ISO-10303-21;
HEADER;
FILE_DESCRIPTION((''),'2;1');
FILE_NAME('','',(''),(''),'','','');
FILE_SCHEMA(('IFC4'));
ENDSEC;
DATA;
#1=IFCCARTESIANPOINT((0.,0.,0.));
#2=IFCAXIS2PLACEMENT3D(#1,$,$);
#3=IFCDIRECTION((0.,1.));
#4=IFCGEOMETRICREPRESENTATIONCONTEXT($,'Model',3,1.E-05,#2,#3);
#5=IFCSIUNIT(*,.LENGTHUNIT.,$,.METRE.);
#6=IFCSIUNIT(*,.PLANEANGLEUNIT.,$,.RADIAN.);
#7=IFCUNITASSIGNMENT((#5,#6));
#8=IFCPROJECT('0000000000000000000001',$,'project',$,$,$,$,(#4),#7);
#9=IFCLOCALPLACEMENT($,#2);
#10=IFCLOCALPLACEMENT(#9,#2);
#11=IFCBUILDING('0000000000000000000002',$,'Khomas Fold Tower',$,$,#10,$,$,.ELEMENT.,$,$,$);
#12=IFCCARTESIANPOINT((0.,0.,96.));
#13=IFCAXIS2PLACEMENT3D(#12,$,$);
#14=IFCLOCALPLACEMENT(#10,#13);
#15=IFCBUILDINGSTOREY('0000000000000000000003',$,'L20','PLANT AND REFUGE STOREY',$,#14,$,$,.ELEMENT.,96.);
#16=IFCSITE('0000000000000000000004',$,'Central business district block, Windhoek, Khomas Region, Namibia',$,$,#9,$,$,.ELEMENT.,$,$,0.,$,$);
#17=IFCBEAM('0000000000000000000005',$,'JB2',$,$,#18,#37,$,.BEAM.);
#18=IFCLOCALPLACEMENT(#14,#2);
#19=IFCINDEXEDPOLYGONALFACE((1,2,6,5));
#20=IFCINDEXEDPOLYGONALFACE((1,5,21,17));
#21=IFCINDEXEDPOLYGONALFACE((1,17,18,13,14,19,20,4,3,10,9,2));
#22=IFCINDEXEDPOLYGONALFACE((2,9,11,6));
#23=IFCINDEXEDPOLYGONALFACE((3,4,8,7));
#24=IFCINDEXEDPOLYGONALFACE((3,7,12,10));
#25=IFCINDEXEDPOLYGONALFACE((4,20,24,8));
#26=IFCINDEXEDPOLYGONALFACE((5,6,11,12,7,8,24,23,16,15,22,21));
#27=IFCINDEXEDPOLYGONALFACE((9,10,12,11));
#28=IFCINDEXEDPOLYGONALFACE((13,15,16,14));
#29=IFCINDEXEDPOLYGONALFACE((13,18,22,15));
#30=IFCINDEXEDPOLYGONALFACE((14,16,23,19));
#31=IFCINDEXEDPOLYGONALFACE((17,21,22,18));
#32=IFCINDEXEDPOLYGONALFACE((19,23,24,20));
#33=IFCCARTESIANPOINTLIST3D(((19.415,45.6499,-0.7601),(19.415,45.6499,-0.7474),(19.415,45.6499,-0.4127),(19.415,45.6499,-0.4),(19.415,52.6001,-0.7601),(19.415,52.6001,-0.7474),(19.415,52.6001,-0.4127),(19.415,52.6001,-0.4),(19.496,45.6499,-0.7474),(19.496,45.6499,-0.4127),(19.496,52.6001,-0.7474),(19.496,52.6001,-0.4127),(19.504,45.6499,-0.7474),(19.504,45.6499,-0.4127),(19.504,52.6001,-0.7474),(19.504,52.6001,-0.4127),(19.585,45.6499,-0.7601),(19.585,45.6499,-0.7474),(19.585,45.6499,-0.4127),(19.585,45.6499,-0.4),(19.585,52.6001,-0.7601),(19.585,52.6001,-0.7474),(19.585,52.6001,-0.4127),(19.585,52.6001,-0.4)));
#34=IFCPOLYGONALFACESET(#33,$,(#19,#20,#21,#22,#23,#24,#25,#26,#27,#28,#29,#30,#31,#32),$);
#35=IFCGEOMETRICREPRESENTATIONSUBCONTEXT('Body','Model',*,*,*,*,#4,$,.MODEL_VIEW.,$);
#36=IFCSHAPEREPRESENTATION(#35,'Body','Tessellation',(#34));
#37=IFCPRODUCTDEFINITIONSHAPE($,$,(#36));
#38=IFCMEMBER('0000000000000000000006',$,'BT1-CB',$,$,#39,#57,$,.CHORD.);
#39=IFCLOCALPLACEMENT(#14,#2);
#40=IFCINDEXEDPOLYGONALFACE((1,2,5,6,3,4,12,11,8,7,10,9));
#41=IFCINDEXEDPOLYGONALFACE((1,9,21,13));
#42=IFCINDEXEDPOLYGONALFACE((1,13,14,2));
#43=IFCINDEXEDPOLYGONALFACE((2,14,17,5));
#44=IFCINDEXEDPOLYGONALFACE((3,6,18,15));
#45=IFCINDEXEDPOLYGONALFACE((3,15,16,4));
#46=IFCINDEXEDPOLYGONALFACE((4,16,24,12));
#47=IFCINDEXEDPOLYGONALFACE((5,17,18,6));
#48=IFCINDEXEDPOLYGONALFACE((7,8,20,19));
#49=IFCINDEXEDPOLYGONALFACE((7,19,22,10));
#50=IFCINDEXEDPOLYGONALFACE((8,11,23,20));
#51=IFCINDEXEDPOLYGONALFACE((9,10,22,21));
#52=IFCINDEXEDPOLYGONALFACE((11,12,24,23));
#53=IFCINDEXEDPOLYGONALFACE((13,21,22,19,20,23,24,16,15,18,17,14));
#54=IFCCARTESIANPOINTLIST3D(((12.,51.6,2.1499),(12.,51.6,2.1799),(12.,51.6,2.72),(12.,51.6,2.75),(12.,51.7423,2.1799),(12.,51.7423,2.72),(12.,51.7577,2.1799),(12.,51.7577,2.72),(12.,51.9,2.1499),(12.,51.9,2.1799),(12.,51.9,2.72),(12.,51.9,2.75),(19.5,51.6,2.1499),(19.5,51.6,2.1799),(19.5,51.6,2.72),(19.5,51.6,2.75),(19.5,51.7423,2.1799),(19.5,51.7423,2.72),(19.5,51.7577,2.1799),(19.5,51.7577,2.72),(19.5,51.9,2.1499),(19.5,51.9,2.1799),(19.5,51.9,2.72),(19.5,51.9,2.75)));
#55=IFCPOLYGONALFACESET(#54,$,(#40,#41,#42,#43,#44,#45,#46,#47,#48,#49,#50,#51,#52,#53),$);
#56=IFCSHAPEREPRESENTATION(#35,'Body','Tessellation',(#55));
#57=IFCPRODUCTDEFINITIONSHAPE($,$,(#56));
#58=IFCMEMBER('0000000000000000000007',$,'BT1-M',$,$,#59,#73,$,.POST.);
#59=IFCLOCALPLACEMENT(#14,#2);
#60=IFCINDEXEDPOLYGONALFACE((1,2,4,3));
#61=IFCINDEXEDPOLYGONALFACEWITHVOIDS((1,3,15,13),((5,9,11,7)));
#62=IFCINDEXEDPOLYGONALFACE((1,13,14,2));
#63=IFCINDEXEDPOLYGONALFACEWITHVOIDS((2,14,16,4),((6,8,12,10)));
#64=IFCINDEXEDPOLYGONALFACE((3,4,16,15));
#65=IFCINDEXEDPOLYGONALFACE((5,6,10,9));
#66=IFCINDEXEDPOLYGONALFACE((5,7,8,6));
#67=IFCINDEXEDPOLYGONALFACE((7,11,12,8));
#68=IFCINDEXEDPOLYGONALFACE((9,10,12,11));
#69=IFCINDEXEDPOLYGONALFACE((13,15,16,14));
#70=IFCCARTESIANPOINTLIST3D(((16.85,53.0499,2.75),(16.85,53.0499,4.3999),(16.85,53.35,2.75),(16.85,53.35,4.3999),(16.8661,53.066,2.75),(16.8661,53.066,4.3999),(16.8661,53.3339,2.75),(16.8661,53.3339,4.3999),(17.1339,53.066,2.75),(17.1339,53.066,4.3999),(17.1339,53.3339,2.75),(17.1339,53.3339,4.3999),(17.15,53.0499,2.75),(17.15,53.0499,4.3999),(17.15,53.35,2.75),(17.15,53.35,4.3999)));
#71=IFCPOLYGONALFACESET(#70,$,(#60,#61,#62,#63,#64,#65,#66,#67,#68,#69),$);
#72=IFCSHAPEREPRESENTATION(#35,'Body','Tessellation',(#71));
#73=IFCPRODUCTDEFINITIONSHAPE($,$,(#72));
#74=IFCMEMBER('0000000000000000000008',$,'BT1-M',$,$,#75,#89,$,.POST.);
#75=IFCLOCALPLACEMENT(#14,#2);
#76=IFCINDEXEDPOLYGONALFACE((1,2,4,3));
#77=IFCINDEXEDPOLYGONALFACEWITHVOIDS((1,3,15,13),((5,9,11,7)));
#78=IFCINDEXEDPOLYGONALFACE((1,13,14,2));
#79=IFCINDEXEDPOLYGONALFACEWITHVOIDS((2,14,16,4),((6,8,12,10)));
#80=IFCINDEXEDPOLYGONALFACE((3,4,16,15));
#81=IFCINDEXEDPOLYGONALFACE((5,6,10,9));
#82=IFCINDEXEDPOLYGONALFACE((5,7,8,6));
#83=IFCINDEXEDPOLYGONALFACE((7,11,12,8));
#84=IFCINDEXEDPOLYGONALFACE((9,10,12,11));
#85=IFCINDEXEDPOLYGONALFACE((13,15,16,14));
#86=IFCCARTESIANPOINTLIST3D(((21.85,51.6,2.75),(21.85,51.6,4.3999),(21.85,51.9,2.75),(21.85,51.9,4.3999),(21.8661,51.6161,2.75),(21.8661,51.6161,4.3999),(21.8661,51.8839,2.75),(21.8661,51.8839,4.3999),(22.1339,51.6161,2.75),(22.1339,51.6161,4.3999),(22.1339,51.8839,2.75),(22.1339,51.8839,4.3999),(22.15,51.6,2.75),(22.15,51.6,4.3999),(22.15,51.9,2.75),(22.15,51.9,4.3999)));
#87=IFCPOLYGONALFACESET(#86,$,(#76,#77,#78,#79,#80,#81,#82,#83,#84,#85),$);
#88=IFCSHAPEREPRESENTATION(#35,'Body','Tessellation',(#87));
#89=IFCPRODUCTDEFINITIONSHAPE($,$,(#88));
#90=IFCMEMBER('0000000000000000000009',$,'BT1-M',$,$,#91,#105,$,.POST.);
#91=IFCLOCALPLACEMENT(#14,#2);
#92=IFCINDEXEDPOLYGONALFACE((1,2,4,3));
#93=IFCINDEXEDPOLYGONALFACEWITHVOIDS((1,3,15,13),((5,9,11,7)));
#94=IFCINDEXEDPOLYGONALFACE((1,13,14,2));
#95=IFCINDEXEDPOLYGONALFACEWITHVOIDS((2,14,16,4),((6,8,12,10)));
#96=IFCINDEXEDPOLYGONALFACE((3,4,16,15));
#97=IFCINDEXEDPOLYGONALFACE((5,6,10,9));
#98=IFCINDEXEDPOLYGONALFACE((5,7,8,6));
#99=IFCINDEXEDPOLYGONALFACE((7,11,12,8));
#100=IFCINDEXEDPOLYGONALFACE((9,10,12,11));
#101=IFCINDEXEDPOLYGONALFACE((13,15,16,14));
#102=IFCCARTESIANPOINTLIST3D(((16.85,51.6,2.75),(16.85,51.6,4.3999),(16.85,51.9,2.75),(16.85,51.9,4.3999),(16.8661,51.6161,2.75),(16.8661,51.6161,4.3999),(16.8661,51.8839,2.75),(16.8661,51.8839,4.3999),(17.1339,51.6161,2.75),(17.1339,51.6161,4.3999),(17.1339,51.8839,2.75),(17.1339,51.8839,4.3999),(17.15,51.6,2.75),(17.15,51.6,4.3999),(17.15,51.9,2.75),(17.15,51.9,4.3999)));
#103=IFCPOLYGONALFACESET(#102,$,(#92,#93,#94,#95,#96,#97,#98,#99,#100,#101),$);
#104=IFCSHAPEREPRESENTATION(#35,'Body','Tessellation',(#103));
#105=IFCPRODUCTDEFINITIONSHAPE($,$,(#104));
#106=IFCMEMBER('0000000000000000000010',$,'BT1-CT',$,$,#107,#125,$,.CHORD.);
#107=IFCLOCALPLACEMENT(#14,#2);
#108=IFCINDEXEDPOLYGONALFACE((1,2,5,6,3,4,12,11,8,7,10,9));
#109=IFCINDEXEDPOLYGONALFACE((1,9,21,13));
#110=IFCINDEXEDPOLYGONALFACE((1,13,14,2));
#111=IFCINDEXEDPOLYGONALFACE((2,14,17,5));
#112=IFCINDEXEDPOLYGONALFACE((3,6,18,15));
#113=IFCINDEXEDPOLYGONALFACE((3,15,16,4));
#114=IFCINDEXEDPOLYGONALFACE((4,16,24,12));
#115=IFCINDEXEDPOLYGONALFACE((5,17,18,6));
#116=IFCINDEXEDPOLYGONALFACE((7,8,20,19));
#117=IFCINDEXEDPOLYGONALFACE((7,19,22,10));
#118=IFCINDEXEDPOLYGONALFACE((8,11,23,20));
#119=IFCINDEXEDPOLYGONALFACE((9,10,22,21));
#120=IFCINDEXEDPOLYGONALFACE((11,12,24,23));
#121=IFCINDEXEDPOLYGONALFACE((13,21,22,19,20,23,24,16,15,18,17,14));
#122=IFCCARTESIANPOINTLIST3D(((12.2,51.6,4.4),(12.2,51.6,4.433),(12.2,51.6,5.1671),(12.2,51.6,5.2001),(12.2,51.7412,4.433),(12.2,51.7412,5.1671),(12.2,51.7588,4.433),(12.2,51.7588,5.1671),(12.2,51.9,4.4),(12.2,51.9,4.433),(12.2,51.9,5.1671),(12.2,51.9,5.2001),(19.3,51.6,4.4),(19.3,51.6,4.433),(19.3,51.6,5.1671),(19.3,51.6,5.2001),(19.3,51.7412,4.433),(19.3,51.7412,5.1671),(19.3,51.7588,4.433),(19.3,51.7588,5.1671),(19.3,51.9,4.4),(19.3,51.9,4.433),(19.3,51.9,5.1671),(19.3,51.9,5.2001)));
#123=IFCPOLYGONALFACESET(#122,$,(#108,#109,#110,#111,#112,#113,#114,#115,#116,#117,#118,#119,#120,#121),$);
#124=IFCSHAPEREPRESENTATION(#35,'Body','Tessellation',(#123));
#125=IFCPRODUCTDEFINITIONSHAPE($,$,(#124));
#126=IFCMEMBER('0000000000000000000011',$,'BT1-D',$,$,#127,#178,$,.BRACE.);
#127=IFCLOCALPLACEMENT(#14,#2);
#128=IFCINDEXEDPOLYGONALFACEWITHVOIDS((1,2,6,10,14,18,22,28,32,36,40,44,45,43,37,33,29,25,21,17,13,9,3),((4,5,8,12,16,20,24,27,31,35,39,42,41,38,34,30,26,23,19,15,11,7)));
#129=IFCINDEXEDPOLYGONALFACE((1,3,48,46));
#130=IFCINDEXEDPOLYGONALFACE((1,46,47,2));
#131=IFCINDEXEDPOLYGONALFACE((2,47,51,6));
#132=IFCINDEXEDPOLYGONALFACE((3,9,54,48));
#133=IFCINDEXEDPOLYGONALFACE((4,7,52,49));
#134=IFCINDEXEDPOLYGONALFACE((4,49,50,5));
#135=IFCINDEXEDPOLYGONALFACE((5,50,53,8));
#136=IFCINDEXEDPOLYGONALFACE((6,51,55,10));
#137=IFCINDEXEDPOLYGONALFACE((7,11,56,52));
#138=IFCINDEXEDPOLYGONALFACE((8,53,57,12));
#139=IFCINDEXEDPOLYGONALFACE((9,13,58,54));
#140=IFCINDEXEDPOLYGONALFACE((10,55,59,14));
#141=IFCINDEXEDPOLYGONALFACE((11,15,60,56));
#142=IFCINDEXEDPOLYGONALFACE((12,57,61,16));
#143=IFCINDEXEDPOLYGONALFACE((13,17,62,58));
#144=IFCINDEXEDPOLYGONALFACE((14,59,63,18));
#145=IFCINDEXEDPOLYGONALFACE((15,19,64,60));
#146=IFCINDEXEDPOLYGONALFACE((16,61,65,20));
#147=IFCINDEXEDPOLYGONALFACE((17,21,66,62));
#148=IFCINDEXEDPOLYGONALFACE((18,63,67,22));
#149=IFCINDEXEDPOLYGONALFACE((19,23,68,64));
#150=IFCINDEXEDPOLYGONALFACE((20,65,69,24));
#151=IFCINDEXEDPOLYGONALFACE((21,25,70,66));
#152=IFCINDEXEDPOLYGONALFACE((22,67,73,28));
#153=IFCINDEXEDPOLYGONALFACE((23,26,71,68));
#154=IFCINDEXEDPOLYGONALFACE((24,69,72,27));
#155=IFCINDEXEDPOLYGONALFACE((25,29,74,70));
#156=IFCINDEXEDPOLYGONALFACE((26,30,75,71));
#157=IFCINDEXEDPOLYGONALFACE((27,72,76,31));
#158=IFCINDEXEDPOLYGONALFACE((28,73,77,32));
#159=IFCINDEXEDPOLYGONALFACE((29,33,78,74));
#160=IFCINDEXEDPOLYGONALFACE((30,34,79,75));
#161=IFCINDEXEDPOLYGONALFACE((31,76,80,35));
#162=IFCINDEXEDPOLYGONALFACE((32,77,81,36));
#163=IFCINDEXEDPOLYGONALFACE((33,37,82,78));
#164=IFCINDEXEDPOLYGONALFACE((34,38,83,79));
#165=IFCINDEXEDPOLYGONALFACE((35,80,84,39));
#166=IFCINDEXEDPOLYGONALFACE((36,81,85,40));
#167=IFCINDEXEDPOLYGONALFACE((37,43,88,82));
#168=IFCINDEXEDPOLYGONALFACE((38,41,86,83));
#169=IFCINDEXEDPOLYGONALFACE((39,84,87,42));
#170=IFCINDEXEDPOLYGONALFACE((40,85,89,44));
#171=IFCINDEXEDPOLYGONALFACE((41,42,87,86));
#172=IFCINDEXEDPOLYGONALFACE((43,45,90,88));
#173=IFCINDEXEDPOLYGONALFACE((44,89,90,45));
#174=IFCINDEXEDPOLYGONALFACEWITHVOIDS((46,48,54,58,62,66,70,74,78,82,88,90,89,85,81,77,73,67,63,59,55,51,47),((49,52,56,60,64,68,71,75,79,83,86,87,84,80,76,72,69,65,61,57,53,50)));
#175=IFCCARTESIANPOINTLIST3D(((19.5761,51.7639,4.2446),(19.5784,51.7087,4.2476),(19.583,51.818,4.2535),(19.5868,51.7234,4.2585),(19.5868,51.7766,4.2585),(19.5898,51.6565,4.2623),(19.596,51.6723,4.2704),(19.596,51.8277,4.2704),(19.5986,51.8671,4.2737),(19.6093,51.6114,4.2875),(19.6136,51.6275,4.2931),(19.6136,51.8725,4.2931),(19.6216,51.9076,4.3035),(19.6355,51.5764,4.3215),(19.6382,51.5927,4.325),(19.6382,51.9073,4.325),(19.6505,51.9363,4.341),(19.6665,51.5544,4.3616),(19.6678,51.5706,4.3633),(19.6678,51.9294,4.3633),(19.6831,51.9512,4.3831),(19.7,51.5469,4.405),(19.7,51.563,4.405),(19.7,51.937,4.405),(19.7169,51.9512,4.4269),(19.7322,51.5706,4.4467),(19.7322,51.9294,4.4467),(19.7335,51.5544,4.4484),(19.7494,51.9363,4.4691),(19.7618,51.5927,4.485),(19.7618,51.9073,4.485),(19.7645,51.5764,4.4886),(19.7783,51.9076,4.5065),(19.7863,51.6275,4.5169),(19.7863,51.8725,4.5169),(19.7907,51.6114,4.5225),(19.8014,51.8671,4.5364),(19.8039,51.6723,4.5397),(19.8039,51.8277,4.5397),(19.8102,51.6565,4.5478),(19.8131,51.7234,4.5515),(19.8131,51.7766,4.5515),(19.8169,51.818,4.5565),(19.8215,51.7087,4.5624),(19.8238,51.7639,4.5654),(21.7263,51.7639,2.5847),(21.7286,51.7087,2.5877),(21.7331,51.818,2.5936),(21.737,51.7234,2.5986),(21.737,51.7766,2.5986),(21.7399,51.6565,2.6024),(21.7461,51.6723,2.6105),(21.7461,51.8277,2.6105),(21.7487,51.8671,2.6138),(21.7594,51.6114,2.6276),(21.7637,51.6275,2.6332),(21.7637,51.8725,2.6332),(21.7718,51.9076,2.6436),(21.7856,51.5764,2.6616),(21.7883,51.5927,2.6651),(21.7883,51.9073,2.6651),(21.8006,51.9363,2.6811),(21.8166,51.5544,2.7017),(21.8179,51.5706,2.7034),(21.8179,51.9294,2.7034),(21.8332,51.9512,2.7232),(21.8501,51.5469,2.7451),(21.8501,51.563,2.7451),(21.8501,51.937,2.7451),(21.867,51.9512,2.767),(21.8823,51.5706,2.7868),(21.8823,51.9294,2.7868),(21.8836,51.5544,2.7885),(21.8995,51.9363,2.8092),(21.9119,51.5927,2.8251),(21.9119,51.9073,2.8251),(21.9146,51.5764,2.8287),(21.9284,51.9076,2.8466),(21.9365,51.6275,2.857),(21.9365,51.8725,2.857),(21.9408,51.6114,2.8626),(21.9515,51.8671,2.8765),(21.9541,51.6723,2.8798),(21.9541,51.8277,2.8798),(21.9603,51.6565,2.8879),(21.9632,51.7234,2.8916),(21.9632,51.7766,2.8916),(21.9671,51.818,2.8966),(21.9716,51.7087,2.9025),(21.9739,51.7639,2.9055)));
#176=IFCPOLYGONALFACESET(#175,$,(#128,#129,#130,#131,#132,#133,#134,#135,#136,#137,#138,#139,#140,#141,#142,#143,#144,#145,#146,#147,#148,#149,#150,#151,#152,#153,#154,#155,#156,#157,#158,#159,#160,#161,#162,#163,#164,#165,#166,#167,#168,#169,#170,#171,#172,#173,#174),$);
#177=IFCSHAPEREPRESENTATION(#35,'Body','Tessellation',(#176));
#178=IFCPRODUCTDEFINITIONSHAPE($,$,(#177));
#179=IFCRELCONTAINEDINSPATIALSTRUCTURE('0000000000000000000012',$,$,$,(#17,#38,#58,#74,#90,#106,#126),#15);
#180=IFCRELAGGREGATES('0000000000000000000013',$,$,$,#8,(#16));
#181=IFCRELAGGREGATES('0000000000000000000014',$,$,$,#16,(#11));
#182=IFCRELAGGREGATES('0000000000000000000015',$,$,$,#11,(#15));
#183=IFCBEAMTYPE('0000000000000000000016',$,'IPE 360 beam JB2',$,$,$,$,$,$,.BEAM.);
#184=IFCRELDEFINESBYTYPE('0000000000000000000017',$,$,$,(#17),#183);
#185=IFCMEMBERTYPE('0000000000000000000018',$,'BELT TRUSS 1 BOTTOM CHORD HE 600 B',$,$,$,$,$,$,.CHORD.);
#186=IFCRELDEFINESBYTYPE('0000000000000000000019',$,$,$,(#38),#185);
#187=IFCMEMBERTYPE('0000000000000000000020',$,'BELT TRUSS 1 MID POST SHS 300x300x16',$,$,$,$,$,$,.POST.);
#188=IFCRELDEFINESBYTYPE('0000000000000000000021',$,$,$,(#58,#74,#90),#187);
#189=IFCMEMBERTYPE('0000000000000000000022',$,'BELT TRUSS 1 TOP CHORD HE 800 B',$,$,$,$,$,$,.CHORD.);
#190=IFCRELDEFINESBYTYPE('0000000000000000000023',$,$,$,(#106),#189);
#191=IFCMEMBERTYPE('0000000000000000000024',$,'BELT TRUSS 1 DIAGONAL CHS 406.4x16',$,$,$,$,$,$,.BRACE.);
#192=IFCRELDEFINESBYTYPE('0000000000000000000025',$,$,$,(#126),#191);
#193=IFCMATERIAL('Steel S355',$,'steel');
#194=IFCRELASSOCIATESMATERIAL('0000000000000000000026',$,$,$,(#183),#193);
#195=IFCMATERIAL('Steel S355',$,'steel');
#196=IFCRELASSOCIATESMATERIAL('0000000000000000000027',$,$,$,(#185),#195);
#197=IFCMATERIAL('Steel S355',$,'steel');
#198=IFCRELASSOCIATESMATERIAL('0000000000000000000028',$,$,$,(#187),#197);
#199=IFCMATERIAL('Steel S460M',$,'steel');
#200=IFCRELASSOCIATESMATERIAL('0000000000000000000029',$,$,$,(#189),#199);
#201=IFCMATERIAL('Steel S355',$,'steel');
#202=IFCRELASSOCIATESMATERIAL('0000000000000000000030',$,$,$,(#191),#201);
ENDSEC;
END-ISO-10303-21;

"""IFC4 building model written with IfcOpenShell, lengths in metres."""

from ifc_helpers import new_model, si_unit, direction, frame, origin, origin_2d, place, context, subcontext, project, spatial, hollow_rectangle, hollow_circle, i_section, extrude, source, transform, mapped, material, material_profile, profile_set, type_object, element, save


model = new_model("IFC4")

# Units and contexts
model_context = context("Model", 3, precision=1e-05, world=origin(), true_north=direction((0.0, 1.0)))
body_context = subcontext(model_context, "Body", "Model", "MODEL_VIEW")
ifc_project = project(units=[si_unit("LENGTHUNIT", "METRE"), si_unit("PLANEANGLEUNIT", "RADIAN")], contexts=[model_context])

# Site, building, storey
site_placement = place(None, origin())
site = spatial("IfcSite", under=ifc_project, at=site_placement, Name="Central business district block, Windhoek, Khomas Region, Namibia", CompositionType="ELEMENT", RefElevation=0.0)
building_placement = place(site_placement, origin())
building = spatial("IfcBuilding", under=site, at=building_placement, Name="Khomas Fold Tower", CompositionType="ELEMENT")
storey_placement = place(building_placement, frame((0.0, 0.0, 96.0)))
storey = spatial("IfcBuildingStorey", under=building, at=storey_placement, Name="L20", Description="PLANT AND REFUGE STOREY", CompositionType="ELEMENT", Elevation=96.0)

# Beam
ifc_material_1 = material(Name="Steel S355", Category="steel")
ifc_material_profile_1 = material_profile(ifc_material_1, i_section(OverallWidth=0.1699, OverallDepth=0.3601, WebThickness=0.0081, FlangeThickness=0.0127, at=origin_2d()), Name="IPE 360")
ifc_profile_set_1 = profile_set([ifc_material_profile_1], Name="Steel S355")
beam_type_1 = type_object("IfcBeamType", Name="IPE 360 beam JB2", PredefinedType="BEAM", material=ifc_profile_set_1)
shared_shape_1 = source(origin(), body_context, "Body", "SweptSolid", [
    extrude(i_section(OverallWidth=0.1699, OverallDepth=0.3601, WebThickness=0.0081, FlangeThickness=0.0127, at=origin_2d()), origin(), (0.0, 0.0, 1.0), 6.9502),
])
beam_1_placement = place(storey_placement, frame((19.5, 45.6499, -0.5801), z_axis=(0.0, 1.0, 0.0), x_axis=(-1.0, 0.0, 0.0)))
element("IfcBeam", 1, at=beam_1_placement, inside=storey, type_object=beam_type_1, Name="JB2", PredefinedType="BEAM", context=body_context, shape_type="MappedRepresentation", body=[
    mapped(shared_shape_1, transform((0.0, 0.0, 0.0))),
])

# Members
ifc_material_2 = material(Name="Steel S355", Category="steel")
ifc_material_profile_2 = material_profile(ifc_material_2, i_section(OverallWidth=0.3, OverallDepth=0.6001, WebThickness=0.0154, FlangeThickness=0.03, at=origin_2d()), Name="HE 600 B")
ifc_profile_set_2 = profile_set([ifc_material_profile_2], Name="Steel S355")
member_type_1 = type_object("IfcMemberType", Name="BELT TRUSS 1 BOTTOM CHORD HE 600 B", PredefinedType="CHORD", material=ifc_profile_set_2)
shared_shape_2 = source(origin(), body_context, "Body", "SweptSolid", [
    extrude(i_section(OverallWidth=0.3, OverallDepth=0.6001, WebThickness=0.0154, FlangeThickness=0.03, at=origin_2d()), origin(), (0.0, 0.0, 1.0), 7.5),
])
member_1_placement = place(storey_placement, frame((19.5, 51.75, 2.45), z_axis=(-1.0, 0.0, 0.0), x_axis=(0.0, -1.0, 0.0)))
element("IfcMember", 2, at=member_1_placement, inside=storey, type_object=member_type_1, Name="BT1-CB", PredefinedType="CHORD", context=body_context, shape_type="MappedRepresentation", body=[
    mapped(shared_shape_2, transform((0.0, 0.0, 0.0))),
])
ifc_material_3 = material(Name="Steel S355", Category="steel")
ifc_material_profile_3 = material_profile(ifc_material_3, hollow_rectangle(XDim=0.3, YDim=0.3, WallThickness=0.0161, at=origin_2d()), Name="SHS 300x300x16")
ifc_profile_set_3 = profile_set([ifc_material_profile_3], Name="Steel S355")
member_type_2 = type_object("IfcMemberType", Name="BELT TRUSS 1 MID POST SHS 300x300x16", PredefinedType="POST", material=ifc_profile_set_3)
shared_shape_3 = source(origin(), body_context, "Body", "SweptSolid", [
    extrude(hollow_rectangle(XDim=0.3, YDim=0.3, WallThickness=0.0161, at=origin_2d()), origin(), (0.0, 0.0, 1.0), 1.6499),
])
for number, where, z_axis, x_axis, name in (
    (3, (17.0, 53.2, 2.75), (0.0, 0.0, 1.0), (1.0, 0.0, 0.0), "BT1-M"),
    (4, (22.0, 51.75, 2.75), (0.0, 0.0, 1.0), (1.0, 0.0, 0.0), "BT1-M"),
    (5, (17.0, 51.75, 2.75), (0.0, 0.0, 1.0), (1.0, 0.0, 0.0), "BT1-M"),
):
    element("IfcMember", number, at=place(storey_placement, frame(where, z_axis=z_axis, x_axis=x_axis)), inside=storey, type_object=member_type_2, Name=name, PredefinedType="POST", context=body_context, shape_type="MappedRepresentation", body=[
        mapped(shared_shape_3, transform((0.0, 0.0, 0.0))),
    ])
ifc_material_4 = material(Name="Steel S460M", Category="steel")
ifc_material_profile_4 = material_profile(ifc_material_4, i_section(OverallWidth=0.3, OverallDepth=0.8, WebThickness=0.0176, FlangeThickness=0.033, at=origin_2d()), Name="HE 800 B")
ifc_profile_set_4 = profile_set([ifc_material_profile_4], Name="Steel S460M")
member_type_3 = type_object("IfcMemberType", Name="BELT TRUSS 1 TOP CHORD HE 800 B", PredefinedType="CHORD", material=ifc_profile_set_4)
shared_shape_4 = source(origin(), body_context, "Body", "SweptSolid", [
    extrude(i_section(OverallWidth=0.3, OverallDepth=0.8, WebThickness=0.0176, FlangeThickness=0.033, at=origin_2d()), origin(), (0.0, 0.0, 1.0), 7.1001),
])
member_2_placement = place(storey_placement, frame((19.3, 51.75, 4.8), z_axis=(-1.0, 0.0, 0.0), x_axis=(0.0, -1.0, 0.0)))
element("IfcMember", 6, at=member_2_placement, inside=storey, type_object=member_type_3, Name="BT1-CT", PredefinedType="CHORD", context=body_context, shape_type="MappedRepresentation", body=[
    mapped(shared_shape_4, transform((0.0, 0.0, 0.0))),
])
ifc_material_5 = material(Name="Steel S355", Category="steel")
ifc_material_profile_5 = material_profile(ifc_material_5, hollow_circle(Radius=0.2031, WallThickness=0.0161, at=origin_2d()), Name="CHS 406.4x16")
ifc_profile_set_5 = profile_set([ifc_material_profile_5], Name="Steel S355")
member_type_4 = type_object("IfcMemberType", Name="BELT TRUSS 1 DIAGONAL CHS 406.4x16", PredefinedType="BRACE", material=ifc_profile_set_5)
shared_shape_5 = source(origin(), body_context, "Body", "SweptSolid", [
    extrude(hollow_circle(Radius=0.2031, WallThickness=0.0161, at=origin_2d()), origin(), (0.0, 0.0, 1.0), 2.7163),
])
for number, where, z_axis, x_axis, name in (
    (7, (21.8501, 51.75, 2.7451), (-0.791564, 0.0, 0.611087), (0.0, -1.0, 0.0), "BT1-D"),
):
    element("IfcMember", number, at=place(storey_placement, frame(where, z_axis=z_axis, x_axis=x_axis)), inside=storey, type_object=member_type_4, Name=name, PredefinedType="BRACE", context=body_context, shape_type="MappedRepresentation", body=[
        mapped(shared_shape_5, transform((0.0, 0.0, 0.0))),
    ])

save(model, "model.ifc")
